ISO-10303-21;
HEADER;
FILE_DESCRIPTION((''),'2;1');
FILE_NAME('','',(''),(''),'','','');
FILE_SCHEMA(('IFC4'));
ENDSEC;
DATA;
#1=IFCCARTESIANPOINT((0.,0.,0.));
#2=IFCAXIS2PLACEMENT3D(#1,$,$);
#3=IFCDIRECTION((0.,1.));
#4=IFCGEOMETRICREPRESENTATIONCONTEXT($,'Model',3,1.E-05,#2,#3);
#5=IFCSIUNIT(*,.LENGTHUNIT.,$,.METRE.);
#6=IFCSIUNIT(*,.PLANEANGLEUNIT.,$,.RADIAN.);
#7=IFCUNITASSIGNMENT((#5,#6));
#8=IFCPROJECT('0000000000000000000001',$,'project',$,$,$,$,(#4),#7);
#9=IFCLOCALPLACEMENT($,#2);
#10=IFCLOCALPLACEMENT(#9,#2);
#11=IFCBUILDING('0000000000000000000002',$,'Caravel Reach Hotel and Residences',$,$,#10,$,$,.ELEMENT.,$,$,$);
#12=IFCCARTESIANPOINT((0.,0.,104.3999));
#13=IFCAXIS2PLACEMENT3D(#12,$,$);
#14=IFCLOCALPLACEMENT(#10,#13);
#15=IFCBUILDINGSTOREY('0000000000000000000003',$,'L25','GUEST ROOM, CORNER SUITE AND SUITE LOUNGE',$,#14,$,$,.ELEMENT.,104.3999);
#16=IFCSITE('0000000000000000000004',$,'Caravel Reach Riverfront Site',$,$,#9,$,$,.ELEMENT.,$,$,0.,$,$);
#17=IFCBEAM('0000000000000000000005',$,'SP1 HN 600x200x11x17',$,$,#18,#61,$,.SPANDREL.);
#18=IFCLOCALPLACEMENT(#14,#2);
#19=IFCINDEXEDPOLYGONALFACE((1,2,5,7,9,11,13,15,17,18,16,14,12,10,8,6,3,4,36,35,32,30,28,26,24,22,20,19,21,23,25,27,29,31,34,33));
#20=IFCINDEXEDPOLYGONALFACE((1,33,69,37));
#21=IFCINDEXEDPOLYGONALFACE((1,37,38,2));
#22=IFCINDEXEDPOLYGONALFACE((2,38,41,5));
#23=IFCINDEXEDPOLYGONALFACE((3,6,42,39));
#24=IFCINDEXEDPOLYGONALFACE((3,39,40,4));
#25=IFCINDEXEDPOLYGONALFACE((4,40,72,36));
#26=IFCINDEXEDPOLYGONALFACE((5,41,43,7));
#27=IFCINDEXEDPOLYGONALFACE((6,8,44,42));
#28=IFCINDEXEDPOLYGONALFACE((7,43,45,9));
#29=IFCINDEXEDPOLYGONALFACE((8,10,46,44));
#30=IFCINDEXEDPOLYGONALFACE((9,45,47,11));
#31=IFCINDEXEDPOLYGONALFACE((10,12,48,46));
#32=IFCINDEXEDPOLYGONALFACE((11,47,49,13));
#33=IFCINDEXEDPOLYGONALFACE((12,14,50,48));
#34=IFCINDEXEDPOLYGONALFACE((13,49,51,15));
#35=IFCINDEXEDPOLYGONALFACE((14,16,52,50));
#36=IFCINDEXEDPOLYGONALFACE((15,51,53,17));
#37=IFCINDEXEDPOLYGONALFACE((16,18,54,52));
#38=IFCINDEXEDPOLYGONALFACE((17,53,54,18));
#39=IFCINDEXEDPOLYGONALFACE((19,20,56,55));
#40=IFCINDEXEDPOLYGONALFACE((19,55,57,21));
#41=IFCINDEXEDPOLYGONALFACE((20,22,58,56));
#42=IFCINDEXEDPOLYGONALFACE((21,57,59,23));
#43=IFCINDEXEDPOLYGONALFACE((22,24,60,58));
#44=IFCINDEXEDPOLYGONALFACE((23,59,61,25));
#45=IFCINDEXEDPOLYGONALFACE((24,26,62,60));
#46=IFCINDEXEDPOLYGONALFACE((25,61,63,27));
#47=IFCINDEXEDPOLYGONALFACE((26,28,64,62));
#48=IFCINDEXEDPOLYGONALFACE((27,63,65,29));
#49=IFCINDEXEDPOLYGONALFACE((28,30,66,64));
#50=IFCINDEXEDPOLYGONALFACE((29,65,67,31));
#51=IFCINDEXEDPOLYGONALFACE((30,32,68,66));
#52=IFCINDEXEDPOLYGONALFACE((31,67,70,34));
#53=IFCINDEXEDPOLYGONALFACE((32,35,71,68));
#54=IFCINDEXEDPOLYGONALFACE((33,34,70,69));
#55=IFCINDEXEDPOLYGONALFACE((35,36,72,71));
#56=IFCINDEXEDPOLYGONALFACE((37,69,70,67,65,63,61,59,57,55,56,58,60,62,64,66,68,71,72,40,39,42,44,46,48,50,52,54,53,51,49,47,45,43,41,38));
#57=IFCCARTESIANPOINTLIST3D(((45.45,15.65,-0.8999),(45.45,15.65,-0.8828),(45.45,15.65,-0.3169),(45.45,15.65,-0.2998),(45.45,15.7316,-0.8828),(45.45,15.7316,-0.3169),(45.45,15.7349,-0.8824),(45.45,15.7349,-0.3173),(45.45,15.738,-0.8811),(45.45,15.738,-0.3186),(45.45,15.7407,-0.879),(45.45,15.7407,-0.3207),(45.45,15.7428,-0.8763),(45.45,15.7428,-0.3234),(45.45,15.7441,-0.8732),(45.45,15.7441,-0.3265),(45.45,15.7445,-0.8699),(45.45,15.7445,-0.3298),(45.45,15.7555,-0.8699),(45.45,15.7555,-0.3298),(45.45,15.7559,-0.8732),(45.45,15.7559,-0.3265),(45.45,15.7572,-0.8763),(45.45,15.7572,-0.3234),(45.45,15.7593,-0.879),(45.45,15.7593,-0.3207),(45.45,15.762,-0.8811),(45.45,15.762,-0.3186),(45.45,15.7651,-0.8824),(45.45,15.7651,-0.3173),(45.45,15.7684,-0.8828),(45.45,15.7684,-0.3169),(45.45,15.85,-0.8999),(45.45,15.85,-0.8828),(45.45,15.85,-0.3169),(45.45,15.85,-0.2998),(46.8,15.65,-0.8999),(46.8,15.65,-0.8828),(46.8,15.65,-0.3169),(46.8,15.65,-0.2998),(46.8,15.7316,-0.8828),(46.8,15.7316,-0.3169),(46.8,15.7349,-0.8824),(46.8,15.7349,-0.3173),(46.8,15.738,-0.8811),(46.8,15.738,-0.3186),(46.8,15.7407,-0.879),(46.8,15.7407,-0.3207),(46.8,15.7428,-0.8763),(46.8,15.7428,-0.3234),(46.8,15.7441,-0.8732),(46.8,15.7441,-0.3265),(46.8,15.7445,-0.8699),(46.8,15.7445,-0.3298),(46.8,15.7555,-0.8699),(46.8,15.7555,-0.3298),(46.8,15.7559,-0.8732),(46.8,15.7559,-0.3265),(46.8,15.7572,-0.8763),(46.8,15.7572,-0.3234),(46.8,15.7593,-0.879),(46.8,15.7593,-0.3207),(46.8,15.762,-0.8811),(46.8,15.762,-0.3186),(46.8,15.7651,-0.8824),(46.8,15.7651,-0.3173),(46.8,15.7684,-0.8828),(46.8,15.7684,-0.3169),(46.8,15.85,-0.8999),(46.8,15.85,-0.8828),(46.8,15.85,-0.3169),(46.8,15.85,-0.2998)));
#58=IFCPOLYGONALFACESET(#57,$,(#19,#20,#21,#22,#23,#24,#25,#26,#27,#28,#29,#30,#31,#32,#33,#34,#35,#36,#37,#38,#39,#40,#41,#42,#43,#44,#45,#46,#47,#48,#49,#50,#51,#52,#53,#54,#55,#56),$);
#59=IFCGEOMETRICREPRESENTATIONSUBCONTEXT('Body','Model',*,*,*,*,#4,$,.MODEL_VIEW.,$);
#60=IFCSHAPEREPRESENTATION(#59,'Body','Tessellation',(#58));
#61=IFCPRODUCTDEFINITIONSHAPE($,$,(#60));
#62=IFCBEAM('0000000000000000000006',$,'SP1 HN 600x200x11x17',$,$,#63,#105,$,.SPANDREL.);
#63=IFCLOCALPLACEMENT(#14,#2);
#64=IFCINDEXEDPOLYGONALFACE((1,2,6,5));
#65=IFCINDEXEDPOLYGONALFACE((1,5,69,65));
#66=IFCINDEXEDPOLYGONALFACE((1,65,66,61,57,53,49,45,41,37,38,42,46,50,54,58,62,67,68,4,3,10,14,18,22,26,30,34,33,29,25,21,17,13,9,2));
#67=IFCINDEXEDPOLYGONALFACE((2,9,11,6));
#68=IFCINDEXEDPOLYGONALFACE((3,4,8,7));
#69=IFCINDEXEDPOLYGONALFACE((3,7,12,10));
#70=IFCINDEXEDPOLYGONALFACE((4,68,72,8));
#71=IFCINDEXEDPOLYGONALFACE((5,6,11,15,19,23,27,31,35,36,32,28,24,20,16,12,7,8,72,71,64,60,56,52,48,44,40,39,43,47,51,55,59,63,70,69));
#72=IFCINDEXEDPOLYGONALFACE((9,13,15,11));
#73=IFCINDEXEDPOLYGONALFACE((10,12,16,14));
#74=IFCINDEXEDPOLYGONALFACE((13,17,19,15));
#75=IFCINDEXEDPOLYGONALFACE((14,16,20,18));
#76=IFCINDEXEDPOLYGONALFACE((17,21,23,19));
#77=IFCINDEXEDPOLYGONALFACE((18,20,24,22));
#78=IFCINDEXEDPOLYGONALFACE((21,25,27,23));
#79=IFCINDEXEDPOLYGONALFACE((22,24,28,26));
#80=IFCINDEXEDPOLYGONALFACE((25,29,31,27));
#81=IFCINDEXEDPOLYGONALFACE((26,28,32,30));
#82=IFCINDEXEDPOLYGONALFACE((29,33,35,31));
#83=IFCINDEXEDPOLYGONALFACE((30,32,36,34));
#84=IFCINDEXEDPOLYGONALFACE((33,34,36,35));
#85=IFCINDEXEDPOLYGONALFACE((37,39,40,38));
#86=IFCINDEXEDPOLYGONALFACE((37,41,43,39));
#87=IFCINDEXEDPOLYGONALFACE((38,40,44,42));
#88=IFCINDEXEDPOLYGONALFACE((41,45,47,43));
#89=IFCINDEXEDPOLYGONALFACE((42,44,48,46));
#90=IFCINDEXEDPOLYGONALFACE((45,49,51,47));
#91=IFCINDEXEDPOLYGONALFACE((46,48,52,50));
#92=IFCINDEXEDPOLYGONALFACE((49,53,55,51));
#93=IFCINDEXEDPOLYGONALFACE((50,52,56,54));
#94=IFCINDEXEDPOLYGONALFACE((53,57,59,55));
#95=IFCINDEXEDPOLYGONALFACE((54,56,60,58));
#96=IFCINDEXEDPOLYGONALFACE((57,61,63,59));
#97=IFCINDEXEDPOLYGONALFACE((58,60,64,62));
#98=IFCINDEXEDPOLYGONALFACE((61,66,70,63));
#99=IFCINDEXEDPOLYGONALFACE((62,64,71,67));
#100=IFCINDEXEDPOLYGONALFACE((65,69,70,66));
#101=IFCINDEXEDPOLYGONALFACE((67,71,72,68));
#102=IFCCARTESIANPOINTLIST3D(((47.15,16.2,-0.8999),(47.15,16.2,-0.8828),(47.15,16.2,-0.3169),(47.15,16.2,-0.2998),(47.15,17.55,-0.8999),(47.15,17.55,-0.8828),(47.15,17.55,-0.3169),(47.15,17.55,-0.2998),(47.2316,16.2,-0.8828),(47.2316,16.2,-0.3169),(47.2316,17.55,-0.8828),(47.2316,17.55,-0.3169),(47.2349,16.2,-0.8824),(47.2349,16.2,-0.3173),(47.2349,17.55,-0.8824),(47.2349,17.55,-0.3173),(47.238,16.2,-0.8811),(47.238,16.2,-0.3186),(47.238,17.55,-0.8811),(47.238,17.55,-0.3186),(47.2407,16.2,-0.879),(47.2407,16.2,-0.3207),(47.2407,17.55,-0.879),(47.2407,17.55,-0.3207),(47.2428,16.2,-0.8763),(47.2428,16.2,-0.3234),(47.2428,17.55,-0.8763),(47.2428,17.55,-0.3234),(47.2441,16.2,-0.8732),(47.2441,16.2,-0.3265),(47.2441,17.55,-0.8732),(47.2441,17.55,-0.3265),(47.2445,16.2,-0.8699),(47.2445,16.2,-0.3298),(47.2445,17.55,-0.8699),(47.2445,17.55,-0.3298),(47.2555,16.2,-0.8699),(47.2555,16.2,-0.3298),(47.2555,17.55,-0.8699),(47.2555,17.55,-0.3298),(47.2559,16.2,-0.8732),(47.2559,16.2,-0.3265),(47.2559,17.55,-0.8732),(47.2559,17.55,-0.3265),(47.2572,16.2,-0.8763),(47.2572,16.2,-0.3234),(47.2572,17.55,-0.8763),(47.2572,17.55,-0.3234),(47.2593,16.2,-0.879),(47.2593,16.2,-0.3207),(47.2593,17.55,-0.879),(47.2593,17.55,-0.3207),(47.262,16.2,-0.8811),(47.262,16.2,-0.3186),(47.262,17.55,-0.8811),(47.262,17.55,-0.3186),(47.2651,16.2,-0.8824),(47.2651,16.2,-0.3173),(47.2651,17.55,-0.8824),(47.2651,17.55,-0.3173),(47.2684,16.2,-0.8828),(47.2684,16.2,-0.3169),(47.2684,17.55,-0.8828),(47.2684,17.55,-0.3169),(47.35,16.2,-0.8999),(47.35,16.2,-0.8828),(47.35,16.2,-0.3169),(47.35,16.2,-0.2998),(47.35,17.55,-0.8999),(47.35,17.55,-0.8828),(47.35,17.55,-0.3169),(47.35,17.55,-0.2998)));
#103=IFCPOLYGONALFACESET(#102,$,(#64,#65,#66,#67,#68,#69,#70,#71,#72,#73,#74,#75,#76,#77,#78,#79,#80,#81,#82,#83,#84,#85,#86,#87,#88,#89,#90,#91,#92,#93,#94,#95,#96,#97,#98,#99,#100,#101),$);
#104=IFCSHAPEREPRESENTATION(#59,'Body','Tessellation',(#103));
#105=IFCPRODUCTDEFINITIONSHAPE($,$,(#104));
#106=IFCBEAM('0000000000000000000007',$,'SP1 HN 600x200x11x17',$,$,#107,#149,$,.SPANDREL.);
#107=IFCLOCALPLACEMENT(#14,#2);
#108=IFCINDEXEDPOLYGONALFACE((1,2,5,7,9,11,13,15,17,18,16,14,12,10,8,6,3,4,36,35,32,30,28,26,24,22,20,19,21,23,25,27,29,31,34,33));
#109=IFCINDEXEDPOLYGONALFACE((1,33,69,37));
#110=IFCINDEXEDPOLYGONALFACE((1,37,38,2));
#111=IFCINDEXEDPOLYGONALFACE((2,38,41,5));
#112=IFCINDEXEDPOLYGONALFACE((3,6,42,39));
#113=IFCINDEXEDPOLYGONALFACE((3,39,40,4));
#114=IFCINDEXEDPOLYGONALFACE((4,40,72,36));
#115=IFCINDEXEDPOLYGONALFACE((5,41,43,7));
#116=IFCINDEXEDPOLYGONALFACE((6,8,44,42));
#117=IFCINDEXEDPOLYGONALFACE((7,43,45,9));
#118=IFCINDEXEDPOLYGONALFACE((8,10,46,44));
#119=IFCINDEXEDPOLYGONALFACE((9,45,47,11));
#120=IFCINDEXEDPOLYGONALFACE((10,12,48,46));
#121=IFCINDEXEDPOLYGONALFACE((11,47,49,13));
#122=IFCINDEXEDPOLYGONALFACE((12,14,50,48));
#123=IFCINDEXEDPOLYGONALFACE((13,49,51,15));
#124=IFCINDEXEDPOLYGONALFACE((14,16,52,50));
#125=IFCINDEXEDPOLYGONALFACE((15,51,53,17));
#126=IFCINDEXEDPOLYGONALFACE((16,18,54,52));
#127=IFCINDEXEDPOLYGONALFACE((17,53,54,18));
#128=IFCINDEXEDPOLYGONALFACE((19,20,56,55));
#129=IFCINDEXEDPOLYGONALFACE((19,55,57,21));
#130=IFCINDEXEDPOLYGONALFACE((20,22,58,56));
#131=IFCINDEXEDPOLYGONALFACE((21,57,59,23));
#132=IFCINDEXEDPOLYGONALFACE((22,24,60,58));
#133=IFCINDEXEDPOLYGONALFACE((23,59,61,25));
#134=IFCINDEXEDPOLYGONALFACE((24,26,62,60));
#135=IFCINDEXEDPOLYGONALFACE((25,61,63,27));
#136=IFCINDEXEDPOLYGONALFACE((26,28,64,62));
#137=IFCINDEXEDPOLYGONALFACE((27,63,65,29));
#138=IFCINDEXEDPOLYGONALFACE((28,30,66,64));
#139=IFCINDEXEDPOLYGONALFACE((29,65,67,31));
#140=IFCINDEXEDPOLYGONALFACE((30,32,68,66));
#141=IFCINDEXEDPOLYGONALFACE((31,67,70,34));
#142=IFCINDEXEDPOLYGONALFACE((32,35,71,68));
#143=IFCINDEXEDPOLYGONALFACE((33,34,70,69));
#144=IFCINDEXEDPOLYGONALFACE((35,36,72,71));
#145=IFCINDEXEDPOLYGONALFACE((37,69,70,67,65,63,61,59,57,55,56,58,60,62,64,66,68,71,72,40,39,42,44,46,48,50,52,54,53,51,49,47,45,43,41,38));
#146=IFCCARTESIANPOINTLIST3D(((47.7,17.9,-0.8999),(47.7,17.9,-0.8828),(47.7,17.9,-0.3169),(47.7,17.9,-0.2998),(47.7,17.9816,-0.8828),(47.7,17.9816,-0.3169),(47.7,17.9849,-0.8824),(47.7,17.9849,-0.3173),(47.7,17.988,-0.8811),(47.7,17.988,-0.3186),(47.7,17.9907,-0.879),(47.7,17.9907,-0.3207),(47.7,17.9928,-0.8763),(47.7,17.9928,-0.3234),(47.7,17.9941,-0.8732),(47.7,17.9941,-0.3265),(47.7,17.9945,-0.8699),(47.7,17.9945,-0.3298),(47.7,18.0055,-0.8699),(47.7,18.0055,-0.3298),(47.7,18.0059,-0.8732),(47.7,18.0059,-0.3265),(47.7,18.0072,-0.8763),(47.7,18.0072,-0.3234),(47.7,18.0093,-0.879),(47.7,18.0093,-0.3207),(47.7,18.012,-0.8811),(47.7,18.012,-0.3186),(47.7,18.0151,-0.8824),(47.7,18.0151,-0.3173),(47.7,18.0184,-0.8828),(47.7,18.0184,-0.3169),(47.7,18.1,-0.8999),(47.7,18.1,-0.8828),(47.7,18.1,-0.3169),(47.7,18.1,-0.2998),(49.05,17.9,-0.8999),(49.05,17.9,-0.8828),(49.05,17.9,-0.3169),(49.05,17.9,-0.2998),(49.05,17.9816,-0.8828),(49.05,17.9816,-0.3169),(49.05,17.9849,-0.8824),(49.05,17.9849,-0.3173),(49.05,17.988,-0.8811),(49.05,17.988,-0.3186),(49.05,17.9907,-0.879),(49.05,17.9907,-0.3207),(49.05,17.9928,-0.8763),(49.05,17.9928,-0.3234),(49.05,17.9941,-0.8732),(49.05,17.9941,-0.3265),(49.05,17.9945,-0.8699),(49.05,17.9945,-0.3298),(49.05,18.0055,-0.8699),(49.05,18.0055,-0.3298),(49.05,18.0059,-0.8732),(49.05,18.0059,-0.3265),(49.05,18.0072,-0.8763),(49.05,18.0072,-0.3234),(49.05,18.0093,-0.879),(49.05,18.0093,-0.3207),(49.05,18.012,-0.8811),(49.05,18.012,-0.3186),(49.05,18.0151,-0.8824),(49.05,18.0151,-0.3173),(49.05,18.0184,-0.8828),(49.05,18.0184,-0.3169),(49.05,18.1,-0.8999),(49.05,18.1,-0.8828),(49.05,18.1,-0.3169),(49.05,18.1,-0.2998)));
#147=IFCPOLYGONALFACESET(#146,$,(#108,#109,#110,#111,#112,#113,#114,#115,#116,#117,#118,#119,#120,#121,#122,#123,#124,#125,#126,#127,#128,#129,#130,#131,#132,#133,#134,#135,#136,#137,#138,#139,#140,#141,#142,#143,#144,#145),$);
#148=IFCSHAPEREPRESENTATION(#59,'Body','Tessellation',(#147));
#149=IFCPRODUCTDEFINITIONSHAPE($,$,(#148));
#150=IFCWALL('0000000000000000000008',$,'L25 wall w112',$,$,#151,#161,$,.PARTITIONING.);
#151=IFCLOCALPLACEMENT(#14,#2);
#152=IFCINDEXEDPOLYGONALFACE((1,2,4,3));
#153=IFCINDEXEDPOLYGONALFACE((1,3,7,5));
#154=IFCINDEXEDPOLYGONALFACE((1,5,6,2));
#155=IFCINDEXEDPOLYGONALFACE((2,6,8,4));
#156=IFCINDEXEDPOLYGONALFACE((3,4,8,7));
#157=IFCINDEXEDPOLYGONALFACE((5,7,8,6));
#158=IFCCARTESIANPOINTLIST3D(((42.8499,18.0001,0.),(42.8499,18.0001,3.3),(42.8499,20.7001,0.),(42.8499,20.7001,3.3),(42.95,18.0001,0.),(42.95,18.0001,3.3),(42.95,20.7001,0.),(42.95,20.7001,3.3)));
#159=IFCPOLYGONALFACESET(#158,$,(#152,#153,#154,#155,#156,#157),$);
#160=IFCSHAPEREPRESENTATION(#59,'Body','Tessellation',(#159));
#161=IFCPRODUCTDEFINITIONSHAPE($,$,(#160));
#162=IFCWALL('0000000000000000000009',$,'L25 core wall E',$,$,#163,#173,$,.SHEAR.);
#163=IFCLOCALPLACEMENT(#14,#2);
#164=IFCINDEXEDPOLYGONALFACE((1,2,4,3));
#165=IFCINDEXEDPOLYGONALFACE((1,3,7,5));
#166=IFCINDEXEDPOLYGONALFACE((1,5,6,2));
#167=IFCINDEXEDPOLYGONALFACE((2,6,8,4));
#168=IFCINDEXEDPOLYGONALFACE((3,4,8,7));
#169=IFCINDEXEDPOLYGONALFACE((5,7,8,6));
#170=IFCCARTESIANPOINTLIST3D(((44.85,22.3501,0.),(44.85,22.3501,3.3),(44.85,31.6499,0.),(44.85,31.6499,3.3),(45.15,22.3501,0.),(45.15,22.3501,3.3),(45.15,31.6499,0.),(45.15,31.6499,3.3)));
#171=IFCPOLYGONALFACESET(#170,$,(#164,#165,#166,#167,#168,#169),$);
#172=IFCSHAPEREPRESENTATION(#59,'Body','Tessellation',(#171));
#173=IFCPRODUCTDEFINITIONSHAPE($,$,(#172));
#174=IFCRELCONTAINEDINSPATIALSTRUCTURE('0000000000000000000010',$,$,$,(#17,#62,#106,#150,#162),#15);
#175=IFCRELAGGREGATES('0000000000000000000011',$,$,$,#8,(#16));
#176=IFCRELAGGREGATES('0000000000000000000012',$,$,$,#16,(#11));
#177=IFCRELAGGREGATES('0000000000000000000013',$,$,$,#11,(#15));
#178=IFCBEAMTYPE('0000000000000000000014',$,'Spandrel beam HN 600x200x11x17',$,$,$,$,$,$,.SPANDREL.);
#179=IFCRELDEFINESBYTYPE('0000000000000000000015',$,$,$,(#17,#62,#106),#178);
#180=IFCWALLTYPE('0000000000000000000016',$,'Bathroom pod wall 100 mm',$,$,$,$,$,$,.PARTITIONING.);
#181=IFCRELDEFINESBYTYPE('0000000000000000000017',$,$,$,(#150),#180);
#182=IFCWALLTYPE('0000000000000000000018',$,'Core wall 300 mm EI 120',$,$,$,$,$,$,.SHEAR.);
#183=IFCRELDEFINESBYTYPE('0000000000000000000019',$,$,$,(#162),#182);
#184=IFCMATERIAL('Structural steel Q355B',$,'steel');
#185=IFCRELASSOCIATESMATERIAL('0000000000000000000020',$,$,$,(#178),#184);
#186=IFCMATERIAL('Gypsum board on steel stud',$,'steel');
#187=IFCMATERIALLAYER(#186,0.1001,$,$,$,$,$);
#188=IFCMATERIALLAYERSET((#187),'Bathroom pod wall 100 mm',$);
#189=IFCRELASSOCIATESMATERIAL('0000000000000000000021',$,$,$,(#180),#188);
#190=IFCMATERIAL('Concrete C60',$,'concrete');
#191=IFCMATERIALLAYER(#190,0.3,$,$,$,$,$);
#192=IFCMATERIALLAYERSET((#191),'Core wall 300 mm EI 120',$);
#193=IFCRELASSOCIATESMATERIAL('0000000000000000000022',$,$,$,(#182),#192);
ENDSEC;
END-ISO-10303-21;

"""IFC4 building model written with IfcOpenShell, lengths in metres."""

from ifc_helpers import new_model, si_unit, direction, frame, frame_2d, origin, origin_2d, place, context, subcontext, project, spatial, rectangle, i_section, extrude, material, layer, layer_set, material_profile, profile_set, type_object, element, save


model = new_model("IFC4")

# Units and contexts
model_context = context("Model", 3, precision=1e-05, world=origin(), true_north=direction((0.0, 1.0)))
body_context = subcontext(model_context, "Body", "Model", "MODEL_VIEW")
ifc_project = project(units=[si_unit("LENGTHUNIT", "METRE"), si_unit("PLANEANGLEUNIT", "RADIAN")], contexts=[model_context])

# Site, building, storey
site_placement = place(None, origin())
site = spatial("IfcSite", under=ifc_project, at=site_placement, Name="Caravel Reach Riverfront Site", CompositionType="ELEMENT", RefElevation=0.0)
building_placement = place(site_placement, origin())
building = spatial("IfcBuilding", under=site, at=building_placement, Name="Caravel Reach Hotel and Residences", CompositionType="ELEMENT")
storey_placement = place(building_placement, frame((0.0, 0.0, 104.3999)))
storey = spatial("IfcBuildingStorey", under=building, at=storey_placement, Name="L25", Description="GUEST ROOM, CORNER SUITE AND SUITE LOUNGE", CompositionType="ELEMENT", Elevation=104.3999)

# Beams
ifc_material_1 = material(Name="Structural steel Q355B", Category="steel")
ifc_material_profile_1 = material_profile(ifc_material_1, i_section(OverallWidth=0.2, OverallDepth=0.6001, WebThickness=0.011, FlangeThickness=0.0171, FilletRadius=0.0129, at=origin_2d()), Name="HN 600x200x11x17")
ifc_profile_set_1 = profile_set([ifc_material_profile_1], Name="Structural steel Q355B")
beam_type_1 = type_object("IfcBeamType", Name="Spandrel beam HN 600x200x11x17", PredefinedType="SPANDREL", material=ifc_profile_set_1)
for number, where, z_axis, x_axis, name in (
    (1, (45.45, 15.75, -0.5999), (1.0, 0.0, 0.0), (0.0, 1.0, 0.0), "SP1 HN 600x200x11x17"),
    (2, (47.25, 16.2, -0.5999), (0.0, 1.0, 0.0), (-1.0, 0.0, 0.0), "SP1 HN 600x200x11x17"),
    (3, (47.7, 18.0, -0.5999), (1.0, 0.0, 0.0), (0.0, 1.0, 0.0), "SP1 HN 600x200x11x17"),
):
    element("IfcBeam", number, at=place(storey_placement, frame(where, z_axis=z_axis, x_axis=x_axis)), inside=storey, type_object=beam_type_1, Name=name, PredefinedType="SPANDREL", context=body_context, shape_type="SweptSolid", body=[
        extrude(i_section(OverallWidth=0.2, OverallDepth=0.6001, WebThickness=0.011, FlangeThickness=0.0171, FilletRadius=0.0129, at=origin_2d()), origin(), (0.0, 0.0, 1.0), 1.3501),
    ])

# Walls
ifc_material_2 = material(Name="Gypsum board on steel stud", Category="steel")
ifc_layer_1 = layer(ifc_material_2, 0.1001)
ifc_layer_set_1 = layer_set([ifc_layer_1], Name="Bathroom pod wall 100 mm")
wall_type_1 = type_object("IfcWallType", Name="Bathroom pod wall 100 mm", PredefinedType="PARTITIONING", material=ifc_layer_set_1)
wall_1_placement = place(storey_placement, frame((42.8999, 18.0, 0.0), z_axis=(0.0, 0.0, 1.0), x_axis=(0.0, 1.0, 0.0)))
element("IfcWall", 4, at=wall_1_placement, inside=storey, type_object=wall_type_1, Name="L25 wall w112", PredefinedType="PARTITIONING", context=body_context, shape_type="SweptSolid", body=[
    extrude(rectangle(XDim=2.7, YDim=0.1001, at=frame_2d((1.3501, 0.0))), origin(), (0.0, 0.0, 1.0), 3.3),
])
ifc_material_3 = material(Name="Concrete C60", Category="concrete")
ifc_layer_2 = layer(ifc_material_3, 0.3)
ifc_layer_set_2 = layer_set([ifc_layer_2], Name="Core wall 300 mm EI 120")
wall_type_2 = type_object("IfcWallType", Name="Core wall 300 mm EI 120", PredefinedType="SHEAR", material=ifc_layer_set_2)
wall_2_placement = place(storey_placement, frame((45.0, 22.3501, 0.0), z_axis=(0.0, 0.0, 1.0), x_axis=(0.0, 1.0, 0.0)))
element("IfcWall", 5, at=wall_2_placement, inside=storey, type_object=wall_type_2, Name="L25 core wall E", PredefinedType="SHEAR", context=body_context, shape_type="SweptSolid", body=[
    extrude(rectangle(XDim=9.2998, YDim=0.3, at=frame_2d((4.6499, 0.0))), origin(), (0.0, 0.0, 1.0), 3.3),
])

save(model, "model.ifc")
